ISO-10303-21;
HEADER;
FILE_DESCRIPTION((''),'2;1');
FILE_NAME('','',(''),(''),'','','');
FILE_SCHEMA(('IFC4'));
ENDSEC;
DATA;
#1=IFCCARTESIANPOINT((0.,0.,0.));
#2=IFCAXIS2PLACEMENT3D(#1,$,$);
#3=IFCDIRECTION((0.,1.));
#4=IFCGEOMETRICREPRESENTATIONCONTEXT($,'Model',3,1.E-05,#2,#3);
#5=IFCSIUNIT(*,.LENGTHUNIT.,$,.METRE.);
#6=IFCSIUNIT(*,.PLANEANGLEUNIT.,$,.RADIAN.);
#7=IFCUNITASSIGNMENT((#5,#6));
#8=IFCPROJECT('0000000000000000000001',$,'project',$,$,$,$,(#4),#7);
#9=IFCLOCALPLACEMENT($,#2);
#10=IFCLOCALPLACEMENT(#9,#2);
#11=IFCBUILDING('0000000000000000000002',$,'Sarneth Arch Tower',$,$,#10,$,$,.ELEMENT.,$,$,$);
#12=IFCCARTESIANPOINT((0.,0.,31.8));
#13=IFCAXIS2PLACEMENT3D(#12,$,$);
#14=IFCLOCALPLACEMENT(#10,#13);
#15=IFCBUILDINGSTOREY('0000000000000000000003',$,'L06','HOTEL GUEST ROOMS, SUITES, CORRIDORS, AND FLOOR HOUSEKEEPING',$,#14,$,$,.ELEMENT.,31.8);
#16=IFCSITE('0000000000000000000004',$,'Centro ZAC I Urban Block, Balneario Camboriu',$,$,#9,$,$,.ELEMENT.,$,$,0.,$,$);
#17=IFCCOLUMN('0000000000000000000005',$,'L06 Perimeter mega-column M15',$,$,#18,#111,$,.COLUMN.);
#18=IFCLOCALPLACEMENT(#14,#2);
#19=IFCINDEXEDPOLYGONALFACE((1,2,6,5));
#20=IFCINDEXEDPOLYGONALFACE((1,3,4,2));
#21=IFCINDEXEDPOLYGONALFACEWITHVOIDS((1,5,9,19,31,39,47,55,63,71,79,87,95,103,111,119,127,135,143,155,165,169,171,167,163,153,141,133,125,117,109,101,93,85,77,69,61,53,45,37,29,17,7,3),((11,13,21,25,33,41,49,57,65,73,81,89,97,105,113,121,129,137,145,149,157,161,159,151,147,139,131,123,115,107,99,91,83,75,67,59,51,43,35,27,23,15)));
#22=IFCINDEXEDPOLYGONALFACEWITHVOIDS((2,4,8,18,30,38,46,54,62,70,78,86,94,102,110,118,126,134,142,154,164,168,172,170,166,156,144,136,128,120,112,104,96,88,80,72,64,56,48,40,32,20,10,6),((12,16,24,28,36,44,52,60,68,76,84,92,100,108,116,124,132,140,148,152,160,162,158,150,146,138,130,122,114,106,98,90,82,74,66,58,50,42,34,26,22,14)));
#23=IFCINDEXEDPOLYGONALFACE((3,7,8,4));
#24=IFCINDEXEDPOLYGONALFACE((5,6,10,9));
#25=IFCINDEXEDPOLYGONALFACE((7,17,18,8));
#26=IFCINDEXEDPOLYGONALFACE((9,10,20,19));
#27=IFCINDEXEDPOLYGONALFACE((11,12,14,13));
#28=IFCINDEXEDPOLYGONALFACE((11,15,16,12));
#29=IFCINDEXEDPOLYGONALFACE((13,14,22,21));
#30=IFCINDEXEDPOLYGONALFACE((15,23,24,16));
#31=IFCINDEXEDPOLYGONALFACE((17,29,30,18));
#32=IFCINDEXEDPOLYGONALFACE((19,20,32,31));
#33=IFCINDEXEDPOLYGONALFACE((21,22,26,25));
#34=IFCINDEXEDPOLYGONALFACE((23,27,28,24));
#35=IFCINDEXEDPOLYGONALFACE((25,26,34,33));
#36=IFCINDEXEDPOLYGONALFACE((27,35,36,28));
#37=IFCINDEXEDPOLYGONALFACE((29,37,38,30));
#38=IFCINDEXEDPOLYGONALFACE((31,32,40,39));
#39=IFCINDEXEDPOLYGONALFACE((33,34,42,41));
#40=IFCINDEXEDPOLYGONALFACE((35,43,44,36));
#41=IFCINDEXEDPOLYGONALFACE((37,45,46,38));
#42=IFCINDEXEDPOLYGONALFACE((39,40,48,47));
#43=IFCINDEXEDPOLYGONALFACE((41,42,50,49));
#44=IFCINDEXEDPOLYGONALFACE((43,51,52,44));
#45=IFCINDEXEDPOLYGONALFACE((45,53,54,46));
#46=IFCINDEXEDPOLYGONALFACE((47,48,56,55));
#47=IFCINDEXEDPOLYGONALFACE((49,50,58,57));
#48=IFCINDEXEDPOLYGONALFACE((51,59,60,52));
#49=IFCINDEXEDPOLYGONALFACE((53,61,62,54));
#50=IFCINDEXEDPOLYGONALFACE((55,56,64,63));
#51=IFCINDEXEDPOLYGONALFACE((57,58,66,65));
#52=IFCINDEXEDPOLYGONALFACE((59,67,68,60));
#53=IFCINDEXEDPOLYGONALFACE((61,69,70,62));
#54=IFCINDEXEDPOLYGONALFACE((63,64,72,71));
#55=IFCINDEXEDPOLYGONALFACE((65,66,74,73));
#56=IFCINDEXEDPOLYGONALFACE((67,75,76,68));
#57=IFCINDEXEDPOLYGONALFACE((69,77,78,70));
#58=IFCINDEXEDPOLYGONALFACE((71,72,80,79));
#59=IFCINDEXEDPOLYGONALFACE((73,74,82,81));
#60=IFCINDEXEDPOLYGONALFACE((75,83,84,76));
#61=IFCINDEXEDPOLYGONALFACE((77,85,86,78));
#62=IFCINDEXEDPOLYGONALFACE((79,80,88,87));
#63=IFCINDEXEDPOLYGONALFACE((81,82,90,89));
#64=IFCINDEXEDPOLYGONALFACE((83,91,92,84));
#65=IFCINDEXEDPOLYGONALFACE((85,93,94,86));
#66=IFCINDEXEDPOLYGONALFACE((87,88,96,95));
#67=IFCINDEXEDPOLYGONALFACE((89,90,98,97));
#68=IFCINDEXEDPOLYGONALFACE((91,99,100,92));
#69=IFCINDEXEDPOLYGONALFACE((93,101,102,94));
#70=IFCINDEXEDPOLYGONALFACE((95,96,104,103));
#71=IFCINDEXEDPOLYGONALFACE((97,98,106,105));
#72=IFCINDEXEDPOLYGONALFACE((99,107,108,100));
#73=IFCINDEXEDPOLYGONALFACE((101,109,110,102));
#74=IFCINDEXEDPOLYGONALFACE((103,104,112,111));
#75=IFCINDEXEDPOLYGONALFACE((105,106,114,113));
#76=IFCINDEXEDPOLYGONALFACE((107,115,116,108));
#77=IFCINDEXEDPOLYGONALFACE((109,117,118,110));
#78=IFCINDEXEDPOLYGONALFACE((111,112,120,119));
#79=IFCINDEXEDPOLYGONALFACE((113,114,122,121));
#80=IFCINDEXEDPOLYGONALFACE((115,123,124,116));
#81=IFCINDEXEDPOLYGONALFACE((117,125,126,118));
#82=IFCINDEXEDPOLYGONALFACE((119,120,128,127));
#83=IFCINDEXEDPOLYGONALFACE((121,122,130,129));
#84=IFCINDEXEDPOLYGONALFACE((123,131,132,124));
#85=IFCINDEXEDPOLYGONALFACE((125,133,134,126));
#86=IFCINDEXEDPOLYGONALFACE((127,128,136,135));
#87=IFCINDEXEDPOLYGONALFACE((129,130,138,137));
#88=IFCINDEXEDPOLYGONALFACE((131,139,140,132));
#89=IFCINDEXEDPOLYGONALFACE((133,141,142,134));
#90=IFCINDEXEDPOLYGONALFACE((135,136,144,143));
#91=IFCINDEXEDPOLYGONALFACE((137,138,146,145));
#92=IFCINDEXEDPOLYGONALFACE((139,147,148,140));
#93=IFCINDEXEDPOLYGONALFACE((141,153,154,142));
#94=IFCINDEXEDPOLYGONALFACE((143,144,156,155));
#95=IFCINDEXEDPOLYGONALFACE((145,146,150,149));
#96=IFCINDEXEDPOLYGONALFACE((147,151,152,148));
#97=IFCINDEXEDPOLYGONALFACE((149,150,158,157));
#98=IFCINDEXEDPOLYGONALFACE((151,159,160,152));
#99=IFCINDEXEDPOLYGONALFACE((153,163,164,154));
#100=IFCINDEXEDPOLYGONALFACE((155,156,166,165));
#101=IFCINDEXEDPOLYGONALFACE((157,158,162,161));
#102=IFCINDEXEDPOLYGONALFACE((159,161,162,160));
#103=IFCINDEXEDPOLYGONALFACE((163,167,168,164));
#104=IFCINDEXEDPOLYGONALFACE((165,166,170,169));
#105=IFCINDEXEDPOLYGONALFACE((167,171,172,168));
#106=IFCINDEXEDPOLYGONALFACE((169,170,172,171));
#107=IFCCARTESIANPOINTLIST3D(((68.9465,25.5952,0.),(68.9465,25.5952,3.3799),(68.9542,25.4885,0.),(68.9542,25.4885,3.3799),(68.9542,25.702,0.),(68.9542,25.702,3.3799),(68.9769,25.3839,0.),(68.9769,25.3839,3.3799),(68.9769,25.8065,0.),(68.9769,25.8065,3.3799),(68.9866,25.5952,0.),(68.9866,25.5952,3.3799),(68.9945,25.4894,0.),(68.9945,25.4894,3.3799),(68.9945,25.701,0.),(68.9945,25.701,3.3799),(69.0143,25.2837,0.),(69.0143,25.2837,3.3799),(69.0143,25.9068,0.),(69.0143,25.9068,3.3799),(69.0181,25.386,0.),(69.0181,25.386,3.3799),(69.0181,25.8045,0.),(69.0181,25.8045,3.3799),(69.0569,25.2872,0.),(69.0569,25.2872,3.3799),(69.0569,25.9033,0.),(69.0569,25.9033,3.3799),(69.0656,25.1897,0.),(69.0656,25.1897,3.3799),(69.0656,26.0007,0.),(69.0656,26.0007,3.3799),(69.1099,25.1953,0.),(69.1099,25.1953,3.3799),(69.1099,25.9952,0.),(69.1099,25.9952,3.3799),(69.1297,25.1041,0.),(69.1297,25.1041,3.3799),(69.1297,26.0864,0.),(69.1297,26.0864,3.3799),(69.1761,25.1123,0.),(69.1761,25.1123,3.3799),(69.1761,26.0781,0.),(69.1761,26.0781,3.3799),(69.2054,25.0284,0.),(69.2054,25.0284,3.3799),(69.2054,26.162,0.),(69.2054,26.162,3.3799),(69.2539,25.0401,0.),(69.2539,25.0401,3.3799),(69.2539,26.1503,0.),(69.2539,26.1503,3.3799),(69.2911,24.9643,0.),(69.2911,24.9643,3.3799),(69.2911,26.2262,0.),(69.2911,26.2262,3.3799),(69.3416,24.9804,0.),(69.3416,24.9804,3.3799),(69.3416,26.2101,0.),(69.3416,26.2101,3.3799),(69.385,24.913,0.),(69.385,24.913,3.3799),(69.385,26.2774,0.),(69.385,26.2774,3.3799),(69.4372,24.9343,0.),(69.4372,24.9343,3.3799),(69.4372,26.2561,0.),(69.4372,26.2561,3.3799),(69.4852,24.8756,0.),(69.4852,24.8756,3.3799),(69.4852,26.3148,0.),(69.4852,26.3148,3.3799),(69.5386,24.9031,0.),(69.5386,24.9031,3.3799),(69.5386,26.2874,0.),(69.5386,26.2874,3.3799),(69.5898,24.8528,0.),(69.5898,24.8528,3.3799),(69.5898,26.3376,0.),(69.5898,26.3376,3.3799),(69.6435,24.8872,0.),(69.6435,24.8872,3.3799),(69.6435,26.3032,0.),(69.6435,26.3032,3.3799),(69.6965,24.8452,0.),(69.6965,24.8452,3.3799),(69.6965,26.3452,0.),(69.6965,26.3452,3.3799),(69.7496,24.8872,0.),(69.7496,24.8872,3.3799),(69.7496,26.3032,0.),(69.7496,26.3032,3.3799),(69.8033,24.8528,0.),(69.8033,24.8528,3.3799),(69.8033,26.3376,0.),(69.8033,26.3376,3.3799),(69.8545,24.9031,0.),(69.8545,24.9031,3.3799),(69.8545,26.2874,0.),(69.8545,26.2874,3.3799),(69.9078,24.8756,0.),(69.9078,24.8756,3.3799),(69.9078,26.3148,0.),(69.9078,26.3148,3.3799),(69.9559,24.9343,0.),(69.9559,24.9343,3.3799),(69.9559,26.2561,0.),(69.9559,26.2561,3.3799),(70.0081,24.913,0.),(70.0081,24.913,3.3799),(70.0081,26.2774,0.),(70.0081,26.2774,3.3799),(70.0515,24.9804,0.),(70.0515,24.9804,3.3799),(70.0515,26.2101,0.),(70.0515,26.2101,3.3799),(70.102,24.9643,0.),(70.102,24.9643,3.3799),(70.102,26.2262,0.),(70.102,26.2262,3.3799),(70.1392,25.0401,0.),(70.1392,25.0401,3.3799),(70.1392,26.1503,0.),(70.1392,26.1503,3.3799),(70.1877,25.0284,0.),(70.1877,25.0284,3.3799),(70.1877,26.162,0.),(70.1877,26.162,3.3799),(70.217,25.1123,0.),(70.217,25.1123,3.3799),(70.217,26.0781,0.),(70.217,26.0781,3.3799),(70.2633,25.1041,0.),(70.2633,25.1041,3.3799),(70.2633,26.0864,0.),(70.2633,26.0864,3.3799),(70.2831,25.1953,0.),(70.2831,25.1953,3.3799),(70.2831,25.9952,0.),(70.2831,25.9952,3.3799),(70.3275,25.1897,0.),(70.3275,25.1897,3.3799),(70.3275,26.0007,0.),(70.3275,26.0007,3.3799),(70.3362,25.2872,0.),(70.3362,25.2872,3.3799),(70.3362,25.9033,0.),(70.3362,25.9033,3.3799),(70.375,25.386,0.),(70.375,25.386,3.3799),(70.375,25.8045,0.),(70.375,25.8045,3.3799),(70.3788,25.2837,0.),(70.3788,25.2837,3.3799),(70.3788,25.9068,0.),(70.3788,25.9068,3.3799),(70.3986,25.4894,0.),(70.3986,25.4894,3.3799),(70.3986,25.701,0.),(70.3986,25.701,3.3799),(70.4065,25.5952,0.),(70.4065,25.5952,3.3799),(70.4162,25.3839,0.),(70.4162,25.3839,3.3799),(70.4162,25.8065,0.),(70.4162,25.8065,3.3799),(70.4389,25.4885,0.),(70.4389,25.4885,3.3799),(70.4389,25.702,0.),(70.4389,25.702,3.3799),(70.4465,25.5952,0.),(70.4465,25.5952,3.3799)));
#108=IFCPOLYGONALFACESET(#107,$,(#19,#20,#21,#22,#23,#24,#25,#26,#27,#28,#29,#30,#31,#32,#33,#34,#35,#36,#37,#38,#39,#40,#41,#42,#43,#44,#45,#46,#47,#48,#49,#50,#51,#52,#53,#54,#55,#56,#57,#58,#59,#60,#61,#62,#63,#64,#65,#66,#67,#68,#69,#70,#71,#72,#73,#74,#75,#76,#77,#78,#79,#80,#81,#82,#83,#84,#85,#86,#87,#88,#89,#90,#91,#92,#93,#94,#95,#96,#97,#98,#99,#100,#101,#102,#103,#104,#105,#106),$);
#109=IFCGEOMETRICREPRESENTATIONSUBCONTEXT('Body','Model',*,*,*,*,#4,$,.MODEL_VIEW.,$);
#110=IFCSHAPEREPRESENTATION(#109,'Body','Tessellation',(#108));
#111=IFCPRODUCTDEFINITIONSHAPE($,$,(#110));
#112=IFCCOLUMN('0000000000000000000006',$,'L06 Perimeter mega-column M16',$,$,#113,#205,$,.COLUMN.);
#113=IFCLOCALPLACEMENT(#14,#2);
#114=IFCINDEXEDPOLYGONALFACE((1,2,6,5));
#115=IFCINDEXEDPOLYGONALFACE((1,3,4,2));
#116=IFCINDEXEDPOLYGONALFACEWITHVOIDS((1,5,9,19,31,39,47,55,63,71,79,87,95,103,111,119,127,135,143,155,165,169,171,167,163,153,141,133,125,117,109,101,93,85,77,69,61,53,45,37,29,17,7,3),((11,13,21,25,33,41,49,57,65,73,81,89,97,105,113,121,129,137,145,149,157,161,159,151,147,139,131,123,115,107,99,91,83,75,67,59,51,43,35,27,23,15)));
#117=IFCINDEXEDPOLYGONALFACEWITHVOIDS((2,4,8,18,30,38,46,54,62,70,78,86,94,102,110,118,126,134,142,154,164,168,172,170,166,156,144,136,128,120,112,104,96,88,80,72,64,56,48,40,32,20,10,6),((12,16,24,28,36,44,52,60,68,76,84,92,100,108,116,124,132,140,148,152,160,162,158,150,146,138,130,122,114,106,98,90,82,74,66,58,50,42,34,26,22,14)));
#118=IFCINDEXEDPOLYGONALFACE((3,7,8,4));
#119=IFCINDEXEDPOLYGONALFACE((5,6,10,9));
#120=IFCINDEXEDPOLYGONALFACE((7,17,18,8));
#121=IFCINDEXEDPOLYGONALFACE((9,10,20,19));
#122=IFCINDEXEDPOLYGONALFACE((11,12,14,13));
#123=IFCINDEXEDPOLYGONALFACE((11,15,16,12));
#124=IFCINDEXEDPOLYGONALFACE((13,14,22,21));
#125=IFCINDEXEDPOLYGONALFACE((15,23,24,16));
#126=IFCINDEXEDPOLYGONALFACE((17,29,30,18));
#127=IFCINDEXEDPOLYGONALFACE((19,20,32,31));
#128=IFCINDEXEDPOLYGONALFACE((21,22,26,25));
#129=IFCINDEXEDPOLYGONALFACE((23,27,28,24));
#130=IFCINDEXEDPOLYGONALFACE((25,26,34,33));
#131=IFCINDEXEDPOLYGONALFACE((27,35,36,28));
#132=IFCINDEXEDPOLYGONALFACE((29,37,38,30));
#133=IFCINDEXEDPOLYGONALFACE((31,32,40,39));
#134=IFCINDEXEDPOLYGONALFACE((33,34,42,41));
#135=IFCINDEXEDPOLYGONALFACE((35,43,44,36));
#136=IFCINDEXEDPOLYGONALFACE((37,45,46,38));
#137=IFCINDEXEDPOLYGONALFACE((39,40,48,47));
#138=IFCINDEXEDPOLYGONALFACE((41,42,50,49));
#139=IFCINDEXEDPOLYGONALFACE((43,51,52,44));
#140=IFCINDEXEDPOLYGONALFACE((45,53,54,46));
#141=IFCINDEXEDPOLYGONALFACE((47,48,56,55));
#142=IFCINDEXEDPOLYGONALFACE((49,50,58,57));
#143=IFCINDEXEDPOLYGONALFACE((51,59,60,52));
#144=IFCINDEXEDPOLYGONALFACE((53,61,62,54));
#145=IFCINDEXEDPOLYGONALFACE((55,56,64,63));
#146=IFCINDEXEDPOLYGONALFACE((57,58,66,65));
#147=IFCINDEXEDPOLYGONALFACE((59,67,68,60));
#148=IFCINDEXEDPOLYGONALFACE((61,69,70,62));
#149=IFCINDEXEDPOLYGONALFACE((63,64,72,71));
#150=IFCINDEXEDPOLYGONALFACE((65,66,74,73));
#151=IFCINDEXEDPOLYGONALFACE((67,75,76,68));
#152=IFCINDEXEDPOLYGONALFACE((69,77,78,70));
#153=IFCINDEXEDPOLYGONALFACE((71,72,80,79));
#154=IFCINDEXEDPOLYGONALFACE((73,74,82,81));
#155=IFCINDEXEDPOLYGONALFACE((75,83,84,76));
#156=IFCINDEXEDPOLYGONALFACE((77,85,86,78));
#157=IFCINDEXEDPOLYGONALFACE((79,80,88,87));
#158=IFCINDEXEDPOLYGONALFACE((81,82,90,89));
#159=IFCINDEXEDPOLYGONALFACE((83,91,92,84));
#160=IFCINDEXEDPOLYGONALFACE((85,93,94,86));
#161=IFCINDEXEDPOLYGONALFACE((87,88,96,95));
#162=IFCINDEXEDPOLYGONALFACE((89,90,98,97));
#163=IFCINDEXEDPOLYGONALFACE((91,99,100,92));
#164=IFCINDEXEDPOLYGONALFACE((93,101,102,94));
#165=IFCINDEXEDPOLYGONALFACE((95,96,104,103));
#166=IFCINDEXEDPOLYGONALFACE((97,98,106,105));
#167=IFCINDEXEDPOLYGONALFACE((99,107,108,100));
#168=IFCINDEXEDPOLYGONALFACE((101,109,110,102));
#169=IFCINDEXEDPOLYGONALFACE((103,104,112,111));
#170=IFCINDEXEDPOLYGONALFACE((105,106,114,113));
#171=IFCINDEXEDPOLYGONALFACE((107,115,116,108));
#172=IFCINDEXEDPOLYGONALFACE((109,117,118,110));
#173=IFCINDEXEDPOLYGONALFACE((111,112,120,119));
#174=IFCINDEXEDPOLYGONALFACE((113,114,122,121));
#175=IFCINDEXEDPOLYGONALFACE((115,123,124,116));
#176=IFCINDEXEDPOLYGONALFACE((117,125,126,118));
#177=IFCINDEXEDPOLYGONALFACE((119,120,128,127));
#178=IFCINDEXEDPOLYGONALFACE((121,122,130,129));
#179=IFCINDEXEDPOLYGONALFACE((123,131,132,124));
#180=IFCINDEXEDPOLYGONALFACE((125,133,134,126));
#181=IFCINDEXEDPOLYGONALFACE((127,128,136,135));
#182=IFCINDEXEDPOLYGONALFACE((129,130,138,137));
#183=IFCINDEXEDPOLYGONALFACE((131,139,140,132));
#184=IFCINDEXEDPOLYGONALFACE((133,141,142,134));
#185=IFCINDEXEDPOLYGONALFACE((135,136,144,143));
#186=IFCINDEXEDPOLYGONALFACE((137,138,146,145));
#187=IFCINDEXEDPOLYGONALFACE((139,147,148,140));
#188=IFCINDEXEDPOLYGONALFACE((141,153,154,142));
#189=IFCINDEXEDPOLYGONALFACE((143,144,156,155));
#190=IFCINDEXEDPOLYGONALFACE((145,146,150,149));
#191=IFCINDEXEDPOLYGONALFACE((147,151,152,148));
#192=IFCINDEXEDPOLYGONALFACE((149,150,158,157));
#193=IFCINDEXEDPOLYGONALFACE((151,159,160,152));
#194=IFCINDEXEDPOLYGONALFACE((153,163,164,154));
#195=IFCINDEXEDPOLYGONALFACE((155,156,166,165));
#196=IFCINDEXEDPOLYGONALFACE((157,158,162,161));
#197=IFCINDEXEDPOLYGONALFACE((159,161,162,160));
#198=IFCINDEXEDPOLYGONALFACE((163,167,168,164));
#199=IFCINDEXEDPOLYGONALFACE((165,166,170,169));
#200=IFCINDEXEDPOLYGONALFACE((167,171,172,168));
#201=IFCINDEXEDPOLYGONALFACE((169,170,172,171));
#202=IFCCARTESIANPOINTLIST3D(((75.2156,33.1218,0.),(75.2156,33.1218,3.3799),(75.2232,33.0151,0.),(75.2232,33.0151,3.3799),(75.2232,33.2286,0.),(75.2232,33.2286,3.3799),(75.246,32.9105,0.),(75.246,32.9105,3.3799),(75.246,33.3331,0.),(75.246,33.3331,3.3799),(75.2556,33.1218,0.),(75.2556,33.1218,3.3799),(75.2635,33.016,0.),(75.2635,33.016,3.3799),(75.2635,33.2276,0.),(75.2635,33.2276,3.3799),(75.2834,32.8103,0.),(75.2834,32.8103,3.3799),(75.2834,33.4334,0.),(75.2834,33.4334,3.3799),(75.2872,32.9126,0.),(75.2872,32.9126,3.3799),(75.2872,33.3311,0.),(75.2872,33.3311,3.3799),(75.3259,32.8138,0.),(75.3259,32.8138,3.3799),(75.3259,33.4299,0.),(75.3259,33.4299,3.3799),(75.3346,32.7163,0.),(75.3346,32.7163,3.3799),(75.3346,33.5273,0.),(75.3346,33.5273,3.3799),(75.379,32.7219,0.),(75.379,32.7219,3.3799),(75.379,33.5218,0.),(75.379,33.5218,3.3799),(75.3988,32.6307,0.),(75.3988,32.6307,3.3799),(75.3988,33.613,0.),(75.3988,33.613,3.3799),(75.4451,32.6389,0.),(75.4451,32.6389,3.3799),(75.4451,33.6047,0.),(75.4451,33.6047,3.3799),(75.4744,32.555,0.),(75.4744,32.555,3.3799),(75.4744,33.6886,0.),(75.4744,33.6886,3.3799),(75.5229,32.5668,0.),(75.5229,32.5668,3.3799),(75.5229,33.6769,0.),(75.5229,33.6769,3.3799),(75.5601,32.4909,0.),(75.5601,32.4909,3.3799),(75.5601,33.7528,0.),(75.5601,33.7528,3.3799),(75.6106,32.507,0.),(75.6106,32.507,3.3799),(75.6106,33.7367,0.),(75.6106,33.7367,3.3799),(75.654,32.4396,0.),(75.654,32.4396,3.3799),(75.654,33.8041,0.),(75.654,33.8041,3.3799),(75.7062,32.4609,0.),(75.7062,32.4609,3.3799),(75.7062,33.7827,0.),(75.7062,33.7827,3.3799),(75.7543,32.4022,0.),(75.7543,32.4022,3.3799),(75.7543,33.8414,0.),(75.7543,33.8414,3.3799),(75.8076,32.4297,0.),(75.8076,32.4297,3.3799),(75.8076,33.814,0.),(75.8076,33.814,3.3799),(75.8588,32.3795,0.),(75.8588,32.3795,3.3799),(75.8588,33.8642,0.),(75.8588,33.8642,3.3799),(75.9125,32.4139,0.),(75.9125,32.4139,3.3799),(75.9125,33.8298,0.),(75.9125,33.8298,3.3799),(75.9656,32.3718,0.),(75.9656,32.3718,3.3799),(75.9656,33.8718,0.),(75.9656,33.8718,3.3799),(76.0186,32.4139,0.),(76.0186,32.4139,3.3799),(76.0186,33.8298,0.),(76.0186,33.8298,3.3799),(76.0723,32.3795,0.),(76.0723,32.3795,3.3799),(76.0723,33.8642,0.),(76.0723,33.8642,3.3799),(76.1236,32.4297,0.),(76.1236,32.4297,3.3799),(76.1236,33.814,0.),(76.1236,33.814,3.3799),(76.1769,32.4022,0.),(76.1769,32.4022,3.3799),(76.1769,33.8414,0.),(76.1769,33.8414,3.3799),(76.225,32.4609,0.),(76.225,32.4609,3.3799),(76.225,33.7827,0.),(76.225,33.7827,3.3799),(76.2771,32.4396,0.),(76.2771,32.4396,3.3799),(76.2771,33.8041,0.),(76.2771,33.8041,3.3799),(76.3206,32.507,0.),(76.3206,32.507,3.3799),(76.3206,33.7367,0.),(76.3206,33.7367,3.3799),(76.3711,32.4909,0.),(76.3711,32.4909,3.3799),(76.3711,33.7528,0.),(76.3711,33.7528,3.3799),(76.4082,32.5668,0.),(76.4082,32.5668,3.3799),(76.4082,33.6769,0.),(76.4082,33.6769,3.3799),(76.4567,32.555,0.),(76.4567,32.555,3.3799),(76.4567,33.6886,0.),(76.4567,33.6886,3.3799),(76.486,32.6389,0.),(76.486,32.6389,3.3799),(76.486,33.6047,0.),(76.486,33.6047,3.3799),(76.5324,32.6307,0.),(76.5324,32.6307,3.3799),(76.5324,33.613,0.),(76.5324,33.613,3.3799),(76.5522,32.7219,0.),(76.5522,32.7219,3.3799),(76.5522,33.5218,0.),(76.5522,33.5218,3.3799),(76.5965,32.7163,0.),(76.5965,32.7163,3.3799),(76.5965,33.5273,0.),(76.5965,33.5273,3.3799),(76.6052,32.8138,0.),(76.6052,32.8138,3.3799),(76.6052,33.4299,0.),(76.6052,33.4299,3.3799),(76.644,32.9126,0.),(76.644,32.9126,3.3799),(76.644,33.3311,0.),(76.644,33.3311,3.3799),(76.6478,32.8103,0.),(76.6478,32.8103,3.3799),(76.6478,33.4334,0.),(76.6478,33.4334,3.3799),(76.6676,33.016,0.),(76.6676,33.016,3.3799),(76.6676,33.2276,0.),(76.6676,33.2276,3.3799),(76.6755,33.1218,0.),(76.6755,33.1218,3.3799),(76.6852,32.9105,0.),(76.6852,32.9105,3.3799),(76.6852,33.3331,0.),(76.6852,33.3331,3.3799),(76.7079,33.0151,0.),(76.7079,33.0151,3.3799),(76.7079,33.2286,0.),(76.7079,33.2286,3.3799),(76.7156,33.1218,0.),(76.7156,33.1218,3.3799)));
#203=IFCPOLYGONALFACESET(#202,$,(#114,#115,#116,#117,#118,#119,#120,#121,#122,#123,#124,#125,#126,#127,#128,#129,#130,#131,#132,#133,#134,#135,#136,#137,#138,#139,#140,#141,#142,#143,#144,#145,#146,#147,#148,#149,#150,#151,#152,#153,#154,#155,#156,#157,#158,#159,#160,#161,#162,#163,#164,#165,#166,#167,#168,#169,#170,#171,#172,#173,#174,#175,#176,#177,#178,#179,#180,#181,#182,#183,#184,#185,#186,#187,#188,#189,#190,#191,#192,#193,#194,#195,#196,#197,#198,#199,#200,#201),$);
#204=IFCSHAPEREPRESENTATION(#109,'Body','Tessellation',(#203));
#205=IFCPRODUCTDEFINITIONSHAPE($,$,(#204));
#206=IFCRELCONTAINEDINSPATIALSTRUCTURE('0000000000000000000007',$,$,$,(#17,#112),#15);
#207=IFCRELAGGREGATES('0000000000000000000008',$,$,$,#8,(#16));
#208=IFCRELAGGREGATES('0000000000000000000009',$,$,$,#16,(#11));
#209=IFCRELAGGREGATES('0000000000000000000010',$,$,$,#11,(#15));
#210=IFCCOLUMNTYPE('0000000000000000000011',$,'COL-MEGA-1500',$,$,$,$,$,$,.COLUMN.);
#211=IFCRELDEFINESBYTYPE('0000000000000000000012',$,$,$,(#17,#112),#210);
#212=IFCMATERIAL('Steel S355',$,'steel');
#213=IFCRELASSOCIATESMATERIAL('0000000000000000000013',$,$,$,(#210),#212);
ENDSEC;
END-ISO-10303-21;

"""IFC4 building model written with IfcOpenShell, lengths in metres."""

from ifc_helpers import new_model, si_unit, direction, frame, origin, origin_2d, place, context, subcontext, project, spatial, hollow_circle, extrude, material, material_profile, profile_set, type_object, element, save


model = new_model("IFC4")

# Units and contexts
model_context = context("Model", 3, precision=1e-05, world=origin(), true_north=direction((0.0, 1.0)))
body_context = subcontext(model_context, "Body", "Model", "MODEL_VIEW")
ifc_project = project(units=[si_unit("LENGTHUNIT", "METRE"), si_unit("PLANEANGLEUNIT", "RADIAN")], contexts=[model_context])

# Site, building, storey
site_placement = place(None, origin())
site = spatial("IfcSite", under=ifc_project, at=site_placement, Name="Centro ZAC I Urban Block, Balneario Camboriu", CompositionType="ELEMENT", RefElevation=0.0)
building_placement = place(site_placement, origin())
building = spatial("IfcBuilding", under=site, at=building_placement, Name="Sarneth Arch Tower", CompositionType="ELEMENT")
storey_placement = place(building_placement, frame((0.0, 0.0, 31.8)))
storey = spatial("IfcBuildingStorey", under=building, at=storey_placement, Name="L06", Description="HOTEL GUEST ROOMS, SUITES, CORRIDORS, AND FLOOR HOUSEKEEPING", CompositionType="ELEMENT", Elevation=31.8)

# Columns
ifc_material_1 = material(Name="Steel S355", Category="steel")
ifc_material_profile_1 = material_profile(ifc_material_1, hollow_circle(Radius=0.75, WallThickness=0.04, at=origin_2d()), Name="CHS1500x40")
ifc_profile_set_1 = profile_set([ifc_material_profile_1], Name="Steel S355")
column_type = type_object("IfcColumnType", Name="COL-MEGA-1500", PredefinedType="COLUMN", material=ifc_profile_set_1)
for number, where, z_axis, x_axis, name in (
    (1, (69.6965, 25.5952, 0.0), (0.0, 0.0, 1.0), (1.0, 0.0, 0.0), "L06 Perimeter mega-column M15"),
    (2, (75.9656, 33.1218, 0.0), (0.0, 0.0, 1.0), (1.0, 0.0, 0.0), "L06 Perimeter mega-column M16"),
):
    element("IfcColumn", number, at=place(storey_placement, frame(where, z_axis=z_axis, x_axis=x_axis)), inside=storey, type_object=column_type, Name=name, PredefinedType="COLUMN", context=body_context, shape_type="SweptSolid", body=[
        extrude(hollow_circle(Radius=0.75, WallThickness=0.04, at=origin_2d()), origin(), (0.0, 0.0, 1.0), 3.3799),
    ])

save(model, "model.ifc")
